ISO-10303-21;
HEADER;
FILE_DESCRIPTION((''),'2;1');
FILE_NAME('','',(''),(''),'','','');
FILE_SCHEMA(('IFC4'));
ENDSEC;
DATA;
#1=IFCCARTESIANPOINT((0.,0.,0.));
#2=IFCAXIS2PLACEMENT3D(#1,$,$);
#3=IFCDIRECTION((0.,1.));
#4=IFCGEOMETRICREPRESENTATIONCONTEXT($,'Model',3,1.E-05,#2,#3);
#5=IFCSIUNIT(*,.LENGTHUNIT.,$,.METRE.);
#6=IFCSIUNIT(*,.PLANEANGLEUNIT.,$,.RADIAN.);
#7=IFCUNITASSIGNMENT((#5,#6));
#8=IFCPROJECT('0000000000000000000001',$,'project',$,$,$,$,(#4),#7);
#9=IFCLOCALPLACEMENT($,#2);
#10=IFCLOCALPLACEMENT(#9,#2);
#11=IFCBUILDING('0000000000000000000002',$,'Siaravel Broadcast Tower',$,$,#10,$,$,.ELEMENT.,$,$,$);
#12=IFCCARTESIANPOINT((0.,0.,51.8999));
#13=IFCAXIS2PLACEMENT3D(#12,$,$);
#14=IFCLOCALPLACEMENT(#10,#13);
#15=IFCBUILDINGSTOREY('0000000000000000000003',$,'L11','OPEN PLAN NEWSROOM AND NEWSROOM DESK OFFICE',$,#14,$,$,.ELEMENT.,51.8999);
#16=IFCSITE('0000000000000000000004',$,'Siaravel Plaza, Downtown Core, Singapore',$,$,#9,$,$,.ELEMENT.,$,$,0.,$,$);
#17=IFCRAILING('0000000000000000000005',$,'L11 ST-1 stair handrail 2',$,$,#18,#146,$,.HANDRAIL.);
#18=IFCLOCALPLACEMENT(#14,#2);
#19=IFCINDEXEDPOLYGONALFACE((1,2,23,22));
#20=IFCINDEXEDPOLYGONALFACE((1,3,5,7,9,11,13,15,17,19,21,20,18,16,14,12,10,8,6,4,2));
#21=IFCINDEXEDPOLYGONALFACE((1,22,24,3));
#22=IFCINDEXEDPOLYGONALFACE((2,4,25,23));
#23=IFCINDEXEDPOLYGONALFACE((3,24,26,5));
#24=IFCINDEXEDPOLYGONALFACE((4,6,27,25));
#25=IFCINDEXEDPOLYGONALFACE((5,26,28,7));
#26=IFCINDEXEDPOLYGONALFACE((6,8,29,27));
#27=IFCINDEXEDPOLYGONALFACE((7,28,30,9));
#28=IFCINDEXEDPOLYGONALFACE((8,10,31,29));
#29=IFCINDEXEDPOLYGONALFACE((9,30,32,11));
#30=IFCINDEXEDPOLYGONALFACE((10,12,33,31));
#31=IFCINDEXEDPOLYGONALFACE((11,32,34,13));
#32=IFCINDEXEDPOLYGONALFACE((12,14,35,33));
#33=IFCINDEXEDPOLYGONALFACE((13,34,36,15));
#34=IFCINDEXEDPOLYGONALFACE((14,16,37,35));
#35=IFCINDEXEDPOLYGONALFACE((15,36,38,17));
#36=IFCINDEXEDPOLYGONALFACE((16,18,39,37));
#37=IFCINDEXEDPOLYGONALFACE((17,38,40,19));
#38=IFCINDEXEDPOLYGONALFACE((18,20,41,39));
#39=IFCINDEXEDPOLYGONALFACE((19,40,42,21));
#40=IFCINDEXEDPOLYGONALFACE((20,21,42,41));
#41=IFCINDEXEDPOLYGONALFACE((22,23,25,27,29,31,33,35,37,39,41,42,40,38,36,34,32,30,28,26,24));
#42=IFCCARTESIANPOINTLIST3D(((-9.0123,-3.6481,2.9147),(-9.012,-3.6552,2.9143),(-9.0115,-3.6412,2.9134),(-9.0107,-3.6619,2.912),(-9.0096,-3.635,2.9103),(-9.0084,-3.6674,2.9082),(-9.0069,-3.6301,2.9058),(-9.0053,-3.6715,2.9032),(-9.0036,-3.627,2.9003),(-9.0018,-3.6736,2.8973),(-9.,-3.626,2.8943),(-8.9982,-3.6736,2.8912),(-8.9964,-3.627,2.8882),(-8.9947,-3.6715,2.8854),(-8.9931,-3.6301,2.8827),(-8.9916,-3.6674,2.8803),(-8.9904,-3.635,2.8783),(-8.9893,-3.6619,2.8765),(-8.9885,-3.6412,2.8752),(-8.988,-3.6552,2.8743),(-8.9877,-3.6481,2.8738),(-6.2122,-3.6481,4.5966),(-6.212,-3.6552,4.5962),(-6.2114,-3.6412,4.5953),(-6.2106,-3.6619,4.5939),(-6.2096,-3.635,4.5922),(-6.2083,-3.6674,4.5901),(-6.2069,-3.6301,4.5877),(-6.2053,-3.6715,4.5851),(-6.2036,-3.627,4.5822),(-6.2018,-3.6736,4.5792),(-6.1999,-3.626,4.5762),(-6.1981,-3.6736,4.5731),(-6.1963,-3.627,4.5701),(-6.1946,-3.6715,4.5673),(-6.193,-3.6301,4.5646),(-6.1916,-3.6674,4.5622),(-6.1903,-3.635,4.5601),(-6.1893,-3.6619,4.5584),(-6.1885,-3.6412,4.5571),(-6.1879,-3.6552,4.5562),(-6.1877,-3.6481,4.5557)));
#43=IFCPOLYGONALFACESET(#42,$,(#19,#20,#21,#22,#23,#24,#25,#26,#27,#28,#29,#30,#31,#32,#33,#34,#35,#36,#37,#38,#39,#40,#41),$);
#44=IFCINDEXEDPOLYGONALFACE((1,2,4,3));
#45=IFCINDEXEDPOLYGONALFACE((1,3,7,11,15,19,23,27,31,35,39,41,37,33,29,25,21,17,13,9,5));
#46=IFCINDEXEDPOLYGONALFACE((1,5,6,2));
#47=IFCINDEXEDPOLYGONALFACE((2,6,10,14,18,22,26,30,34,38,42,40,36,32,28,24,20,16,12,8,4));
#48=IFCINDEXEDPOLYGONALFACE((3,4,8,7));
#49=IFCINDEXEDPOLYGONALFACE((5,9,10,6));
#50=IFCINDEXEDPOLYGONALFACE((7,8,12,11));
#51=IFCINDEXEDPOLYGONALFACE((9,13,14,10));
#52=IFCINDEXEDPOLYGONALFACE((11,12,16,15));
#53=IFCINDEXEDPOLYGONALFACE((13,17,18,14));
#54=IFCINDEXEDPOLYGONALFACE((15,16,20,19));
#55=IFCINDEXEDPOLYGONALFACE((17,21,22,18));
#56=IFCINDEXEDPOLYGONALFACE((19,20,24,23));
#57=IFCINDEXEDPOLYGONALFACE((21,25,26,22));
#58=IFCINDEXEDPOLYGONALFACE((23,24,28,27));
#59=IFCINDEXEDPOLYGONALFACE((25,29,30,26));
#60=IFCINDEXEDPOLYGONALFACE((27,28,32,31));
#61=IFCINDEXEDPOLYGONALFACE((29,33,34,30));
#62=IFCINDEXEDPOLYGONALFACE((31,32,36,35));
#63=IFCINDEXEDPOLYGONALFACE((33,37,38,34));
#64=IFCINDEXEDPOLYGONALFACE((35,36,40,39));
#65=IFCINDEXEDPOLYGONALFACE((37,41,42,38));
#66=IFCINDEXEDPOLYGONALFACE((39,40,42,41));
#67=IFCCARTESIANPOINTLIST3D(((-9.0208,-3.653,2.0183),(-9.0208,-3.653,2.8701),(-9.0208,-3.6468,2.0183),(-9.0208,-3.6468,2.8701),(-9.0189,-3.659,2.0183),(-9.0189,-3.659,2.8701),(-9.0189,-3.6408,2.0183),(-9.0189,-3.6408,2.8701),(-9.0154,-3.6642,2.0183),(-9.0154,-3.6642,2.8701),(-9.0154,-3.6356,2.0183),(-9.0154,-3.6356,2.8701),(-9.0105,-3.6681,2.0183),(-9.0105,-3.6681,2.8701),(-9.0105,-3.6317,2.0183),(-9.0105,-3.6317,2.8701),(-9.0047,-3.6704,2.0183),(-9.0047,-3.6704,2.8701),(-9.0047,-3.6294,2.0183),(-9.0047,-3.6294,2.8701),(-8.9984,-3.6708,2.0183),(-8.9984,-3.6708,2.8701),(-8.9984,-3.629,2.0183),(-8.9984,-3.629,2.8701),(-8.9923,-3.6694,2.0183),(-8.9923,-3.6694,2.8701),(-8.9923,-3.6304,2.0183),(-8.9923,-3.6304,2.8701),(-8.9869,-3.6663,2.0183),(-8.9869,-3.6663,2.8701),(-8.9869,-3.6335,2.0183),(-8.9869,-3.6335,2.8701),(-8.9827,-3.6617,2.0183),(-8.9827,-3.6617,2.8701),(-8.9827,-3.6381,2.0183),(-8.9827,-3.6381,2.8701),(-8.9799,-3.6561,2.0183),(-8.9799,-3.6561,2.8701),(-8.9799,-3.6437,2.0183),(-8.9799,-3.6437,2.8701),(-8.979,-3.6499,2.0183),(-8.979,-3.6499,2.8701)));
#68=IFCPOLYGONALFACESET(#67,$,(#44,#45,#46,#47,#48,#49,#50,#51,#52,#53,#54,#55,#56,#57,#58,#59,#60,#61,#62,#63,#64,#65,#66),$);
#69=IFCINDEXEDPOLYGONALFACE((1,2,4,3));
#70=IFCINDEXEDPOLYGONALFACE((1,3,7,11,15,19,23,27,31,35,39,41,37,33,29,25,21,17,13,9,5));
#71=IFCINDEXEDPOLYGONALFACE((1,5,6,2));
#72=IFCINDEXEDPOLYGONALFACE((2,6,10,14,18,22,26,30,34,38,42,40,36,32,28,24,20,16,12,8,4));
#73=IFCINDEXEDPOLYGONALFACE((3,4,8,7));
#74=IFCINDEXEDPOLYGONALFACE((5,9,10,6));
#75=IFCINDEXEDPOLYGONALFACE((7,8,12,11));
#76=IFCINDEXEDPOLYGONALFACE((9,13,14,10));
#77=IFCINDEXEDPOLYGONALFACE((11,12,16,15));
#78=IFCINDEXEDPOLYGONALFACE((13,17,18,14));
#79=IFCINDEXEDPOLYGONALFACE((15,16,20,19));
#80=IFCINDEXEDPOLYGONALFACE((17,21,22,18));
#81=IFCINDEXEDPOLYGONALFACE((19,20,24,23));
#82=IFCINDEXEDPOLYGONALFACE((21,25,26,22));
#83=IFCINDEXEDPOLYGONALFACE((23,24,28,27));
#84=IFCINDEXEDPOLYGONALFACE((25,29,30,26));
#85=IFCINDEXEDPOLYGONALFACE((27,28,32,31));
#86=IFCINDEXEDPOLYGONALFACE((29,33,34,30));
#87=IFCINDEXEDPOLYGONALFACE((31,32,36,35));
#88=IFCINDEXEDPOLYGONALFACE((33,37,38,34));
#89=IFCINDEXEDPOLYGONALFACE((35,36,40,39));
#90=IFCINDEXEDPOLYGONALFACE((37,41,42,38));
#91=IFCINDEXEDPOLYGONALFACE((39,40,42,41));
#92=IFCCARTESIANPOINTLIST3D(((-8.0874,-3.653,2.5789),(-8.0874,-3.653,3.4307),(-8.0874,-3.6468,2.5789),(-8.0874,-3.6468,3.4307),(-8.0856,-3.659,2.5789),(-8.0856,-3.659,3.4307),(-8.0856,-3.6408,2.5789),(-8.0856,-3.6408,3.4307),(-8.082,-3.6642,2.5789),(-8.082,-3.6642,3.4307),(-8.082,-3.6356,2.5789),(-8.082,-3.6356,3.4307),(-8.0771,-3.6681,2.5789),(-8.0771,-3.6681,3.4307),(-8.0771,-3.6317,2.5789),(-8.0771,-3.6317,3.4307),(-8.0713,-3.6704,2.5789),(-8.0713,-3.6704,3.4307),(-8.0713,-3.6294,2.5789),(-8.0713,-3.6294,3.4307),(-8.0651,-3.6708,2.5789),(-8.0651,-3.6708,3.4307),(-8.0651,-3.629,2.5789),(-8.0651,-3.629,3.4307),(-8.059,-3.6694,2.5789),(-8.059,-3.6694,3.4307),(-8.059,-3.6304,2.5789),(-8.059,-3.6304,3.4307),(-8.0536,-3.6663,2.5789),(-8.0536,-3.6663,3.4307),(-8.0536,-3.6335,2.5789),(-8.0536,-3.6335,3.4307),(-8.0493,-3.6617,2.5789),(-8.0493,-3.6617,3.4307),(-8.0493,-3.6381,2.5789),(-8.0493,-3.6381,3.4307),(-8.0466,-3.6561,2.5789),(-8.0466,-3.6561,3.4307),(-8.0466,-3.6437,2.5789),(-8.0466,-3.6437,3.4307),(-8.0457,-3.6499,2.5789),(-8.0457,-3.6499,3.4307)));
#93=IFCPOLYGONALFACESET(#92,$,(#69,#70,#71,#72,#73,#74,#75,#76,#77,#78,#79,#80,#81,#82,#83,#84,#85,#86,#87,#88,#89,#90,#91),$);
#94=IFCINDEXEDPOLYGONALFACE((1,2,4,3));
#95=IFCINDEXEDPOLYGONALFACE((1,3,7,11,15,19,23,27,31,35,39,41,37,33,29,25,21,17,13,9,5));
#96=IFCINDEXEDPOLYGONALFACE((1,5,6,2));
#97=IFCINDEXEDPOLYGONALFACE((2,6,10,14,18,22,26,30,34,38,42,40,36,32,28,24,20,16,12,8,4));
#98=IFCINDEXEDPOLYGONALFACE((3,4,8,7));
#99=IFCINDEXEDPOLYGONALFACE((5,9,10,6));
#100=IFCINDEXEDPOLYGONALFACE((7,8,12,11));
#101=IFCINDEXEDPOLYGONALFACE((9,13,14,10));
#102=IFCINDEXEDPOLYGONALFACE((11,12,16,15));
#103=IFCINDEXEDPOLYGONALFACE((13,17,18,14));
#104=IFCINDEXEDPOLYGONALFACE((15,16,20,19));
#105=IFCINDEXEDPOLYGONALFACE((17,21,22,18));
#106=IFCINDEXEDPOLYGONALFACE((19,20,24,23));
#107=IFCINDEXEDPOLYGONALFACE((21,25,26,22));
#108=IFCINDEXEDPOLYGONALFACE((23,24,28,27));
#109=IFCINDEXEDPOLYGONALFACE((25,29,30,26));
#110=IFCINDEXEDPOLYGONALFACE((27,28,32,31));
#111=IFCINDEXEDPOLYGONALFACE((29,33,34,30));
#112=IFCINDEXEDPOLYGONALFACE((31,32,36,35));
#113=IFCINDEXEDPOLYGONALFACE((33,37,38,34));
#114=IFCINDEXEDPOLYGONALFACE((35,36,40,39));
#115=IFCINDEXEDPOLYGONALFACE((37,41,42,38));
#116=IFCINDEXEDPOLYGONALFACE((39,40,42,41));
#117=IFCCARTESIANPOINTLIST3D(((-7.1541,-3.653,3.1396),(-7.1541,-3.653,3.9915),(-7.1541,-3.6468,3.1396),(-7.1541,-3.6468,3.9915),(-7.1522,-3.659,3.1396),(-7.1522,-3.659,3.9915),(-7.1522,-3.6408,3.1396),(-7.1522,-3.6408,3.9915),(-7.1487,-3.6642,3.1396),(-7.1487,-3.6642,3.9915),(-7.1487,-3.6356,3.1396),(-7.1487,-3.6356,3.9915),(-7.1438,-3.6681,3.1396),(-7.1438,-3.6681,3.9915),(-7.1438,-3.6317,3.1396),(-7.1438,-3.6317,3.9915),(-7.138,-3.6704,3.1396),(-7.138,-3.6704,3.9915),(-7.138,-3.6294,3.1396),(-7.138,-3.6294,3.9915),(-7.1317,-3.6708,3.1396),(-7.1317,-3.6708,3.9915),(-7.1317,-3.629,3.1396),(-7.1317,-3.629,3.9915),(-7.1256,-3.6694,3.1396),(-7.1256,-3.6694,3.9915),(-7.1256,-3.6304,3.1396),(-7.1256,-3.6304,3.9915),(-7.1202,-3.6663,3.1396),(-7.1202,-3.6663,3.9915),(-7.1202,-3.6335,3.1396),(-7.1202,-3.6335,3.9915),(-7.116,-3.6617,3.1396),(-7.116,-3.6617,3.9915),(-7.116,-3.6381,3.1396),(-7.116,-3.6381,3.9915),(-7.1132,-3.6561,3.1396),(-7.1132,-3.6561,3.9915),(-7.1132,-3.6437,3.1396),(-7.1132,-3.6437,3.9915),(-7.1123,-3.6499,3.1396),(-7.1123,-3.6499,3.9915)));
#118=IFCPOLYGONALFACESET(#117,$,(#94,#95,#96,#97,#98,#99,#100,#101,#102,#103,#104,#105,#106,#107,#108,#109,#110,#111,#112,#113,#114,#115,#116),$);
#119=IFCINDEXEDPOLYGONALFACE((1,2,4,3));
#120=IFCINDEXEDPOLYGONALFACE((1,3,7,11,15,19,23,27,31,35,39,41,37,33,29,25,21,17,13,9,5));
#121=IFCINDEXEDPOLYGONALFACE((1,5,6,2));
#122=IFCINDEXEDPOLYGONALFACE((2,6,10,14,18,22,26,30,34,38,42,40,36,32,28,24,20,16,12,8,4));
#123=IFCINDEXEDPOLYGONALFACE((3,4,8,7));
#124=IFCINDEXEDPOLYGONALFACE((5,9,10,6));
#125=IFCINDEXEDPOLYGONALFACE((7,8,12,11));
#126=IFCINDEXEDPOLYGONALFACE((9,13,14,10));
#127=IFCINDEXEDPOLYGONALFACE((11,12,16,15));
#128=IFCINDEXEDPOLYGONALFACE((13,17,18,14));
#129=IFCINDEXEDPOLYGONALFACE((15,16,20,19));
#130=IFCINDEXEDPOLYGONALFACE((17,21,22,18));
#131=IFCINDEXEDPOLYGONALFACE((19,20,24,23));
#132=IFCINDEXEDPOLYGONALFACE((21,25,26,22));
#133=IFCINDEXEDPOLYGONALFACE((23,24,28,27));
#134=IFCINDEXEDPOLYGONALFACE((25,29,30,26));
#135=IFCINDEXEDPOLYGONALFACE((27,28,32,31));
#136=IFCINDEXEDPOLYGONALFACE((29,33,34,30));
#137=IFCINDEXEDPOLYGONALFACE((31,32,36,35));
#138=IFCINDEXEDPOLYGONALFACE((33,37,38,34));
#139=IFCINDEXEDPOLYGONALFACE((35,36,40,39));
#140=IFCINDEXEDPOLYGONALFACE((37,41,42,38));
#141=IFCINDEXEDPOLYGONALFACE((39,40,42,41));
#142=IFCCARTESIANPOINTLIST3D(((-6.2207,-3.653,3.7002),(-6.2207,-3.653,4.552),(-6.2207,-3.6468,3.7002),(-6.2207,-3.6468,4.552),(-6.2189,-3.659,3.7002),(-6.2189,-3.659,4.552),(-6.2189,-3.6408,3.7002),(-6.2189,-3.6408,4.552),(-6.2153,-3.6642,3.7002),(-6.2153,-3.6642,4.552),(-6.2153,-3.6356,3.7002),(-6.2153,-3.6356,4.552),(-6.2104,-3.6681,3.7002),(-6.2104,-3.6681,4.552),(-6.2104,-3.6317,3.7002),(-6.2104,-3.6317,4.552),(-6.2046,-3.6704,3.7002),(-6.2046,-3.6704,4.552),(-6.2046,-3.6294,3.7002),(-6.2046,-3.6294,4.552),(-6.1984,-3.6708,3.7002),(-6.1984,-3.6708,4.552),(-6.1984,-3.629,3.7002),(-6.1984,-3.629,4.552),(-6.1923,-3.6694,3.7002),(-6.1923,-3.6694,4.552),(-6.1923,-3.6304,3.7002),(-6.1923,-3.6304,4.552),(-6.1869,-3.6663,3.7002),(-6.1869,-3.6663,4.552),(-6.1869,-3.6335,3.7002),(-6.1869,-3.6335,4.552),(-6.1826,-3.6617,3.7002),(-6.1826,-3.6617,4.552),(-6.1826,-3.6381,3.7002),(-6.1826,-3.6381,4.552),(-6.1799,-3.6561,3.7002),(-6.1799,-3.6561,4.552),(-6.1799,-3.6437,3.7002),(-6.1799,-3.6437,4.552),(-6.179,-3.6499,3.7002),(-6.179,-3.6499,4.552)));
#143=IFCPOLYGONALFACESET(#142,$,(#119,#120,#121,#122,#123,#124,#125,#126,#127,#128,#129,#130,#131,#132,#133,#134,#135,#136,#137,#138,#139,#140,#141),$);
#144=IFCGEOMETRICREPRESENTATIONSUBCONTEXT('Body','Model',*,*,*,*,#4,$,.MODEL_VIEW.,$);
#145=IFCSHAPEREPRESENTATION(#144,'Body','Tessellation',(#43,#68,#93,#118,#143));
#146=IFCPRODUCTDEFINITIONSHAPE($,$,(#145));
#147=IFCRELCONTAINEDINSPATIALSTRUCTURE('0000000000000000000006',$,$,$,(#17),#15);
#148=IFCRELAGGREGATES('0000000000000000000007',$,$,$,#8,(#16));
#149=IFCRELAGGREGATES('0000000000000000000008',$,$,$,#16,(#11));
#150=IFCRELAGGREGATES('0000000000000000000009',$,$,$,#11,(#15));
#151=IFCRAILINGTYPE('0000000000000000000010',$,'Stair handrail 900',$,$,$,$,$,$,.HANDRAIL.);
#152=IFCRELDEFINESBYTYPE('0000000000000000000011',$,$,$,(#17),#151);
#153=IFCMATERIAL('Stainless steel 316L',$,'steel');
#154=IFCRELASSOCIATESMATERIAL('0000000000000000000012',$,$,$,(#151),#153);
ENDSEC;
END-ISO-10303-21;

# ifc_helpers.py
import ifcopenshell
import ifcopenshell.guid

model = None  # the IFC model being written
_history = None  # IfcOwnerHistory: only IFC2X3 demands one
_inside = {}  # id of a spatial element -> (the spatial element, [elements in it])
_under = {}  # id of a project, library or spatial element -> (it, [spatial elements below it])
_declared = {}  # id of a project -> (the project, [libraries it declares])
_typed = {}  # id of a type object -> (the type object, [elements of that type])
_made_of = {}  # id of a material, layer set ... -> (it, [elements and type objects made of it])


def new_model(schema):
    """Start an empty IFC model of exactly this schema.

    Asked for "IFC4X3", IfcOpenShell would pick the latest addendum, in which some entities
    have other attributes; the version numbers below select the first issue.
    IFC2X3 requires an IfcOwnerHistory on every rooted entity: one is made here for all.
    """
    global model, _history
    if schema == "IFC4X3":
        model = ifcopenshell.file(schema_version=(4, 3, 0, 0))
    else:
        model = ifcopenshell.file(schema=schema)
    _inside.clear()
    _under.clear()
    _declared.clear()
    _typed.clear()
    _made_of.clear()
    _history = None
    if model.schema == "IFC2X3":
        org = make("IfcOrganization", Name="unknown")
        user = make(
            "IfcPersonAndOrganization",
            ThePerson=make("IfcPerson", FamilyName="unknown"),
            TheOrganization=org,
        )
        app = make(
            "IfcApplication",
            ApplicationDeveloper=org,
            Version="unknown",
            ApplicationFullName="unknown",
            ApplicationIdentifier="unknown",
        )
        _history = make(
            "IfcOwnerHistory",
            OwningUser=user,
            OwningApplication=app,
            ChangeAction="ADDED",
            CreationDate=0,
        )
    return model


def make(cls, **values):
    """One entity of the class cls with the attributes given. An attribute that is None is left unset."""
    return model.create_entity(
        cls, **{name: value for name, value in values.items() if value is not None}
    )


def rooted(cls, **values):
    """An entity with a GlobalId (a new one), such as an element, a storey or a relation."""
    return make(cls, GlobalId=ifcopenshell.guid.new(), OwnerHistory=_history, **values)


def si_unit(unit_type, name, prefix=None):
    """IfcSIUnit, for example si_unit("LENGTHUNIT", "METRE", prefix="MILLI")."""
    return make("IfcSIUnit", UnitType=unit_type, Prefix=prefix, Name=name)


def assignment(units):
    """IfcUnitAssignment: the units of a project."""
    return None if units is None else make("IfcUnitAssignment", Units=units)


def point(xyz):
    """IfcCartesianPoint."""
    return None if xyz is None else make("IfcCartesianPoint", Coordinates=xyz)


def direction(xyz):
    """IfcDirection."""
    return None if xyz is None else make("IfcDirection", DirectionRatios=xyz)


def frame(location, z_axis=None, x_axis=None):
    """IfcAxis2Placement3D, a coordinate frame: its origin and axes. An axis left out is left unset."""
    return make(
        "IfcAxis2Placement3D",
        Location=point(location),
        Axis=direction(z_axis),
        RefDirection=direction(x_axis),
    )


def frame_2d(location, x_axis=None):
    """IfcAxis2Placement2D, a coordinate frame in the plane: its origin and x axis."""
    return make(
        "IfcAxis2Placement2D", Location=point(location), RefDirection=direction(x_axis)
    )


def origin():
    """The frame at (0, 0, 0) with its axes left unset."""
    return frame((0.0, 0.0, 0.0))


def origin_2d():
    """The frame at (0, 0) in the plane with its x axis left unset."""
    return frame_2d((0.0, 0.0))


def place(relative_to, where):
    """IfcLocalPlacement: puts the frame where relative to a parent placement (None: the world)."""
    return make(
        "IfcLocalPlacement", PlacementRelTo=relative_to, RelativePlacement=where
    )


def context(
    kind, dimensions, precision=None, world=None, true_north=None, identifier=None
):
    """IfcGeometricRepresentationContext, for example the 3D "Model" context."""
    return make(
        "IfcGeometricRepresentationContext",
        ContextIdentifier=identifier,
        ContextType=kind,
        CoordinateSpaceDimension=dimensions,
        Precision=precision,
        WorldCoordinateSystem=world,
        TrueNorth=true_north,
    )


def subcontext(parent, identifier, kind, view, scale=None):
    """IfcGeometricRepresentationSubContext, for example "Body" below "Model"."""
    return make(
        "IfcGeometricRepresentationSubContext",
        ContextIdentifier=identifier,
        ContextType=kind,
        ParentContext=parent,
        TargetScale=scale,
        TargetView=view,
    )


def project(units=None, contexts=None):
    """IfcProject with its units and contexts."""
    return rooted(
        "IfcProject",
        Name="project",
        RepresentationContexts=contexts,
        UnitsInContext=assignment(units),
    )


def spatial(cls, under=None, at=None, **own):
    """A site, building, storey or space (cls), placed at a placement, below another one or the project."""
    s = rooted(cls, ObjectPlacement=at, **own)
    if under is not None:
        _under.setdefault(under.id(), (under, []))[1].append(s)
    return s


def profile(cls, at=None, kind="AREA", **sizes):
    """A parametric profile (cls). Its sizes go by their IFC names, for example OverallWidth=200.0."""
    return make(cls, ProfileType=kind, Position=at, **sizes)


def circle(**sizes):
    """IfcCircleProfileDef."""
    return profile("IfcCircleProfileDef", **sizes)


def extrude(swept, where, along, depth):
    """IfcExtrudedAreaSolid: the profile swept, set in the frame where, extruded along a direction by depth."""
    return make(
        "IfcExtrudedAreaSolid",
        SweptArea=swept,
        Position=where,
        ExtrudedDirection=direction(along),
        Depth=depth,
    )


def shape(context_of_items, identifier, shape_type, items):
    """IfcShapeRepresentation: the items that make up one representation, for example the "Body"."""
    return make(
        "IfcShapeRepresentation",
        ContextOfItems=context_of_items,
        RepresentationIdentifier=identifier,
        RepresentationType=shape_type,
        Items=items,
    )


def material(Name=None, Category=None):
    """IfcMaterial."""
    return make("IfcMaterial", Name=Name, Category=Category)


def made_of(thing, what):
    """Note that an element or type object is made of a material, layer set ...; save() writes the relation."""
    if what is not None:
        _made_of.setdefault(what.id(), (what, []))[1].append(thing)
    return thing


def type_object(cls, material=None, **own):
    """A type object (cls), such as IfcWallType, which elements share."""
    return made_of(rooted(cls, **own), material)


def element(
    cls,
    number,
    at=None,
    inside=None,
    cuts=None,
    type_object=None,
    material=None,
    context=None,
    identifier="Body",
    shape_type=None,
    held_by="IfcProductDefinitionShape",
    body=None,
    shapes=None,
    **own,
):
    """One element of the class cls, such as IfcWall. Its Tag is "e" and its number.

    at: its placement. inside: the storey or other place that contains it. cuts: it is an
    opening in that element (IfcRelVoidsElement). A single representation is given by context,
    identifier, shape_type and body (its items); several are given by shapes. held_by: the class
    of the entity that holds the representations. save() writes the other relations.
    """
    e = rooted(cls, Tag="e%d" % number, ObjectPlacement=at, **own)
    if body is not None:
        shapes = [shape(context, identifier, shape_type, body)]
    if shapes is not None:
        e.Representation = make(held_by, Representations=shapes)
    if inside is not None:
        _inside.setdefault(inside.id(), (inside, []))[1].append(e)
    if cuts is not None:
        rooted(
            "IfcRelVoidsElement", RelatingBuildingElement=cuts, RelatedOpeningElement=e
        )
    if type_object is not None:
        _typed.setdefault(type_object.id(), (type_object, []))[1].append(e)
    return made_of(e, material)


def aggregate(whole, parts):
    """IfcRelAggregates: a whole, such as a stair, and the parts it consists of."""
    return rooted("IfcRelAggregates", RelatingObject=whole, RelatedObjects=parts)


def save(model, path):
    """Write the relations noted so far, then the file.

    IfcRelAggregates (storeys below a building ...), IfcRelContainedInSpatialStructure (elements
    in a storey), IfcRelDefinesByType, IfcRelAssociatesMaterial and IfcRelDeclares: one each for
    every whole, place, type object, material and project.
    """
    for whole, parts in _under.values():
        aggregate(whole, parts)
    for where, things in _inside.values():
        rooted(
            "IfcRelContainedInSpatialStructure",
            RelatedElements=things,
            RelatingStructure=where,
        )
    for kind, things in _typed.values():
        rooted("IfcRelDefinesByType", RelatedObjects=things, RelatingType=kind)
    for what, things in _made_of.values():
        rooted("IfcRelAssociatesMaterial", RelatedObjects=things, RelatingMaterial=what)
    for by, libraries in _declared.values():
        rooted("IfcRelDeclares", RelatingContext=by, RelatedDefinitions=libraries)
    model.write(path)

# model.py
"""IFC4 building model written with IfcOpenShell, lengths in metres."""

from ifc_helpers import new_model, si_unit, direction, frame, origin, origin_2d, place, context, subcontext, project, spatial, circle, extrude, material, type_object, element, save


model = new_model("IFC4")

# Units and contexts
model_context = context("Model", 3, precision=1e-05, world=origin(), true_north=direction((0.0, 1.0)))
body_context = subcontext(model_context, "Body", "Model", "MODEL_VIEW")
ifc_project = project(units=[si_unit("LENGTHUNIT", "METRE"), si_unit("PLANEANGLEUNIT", "RADIAN")], contexts=[model_context])

# Site, building, storey
site_placement = place(None, origin())
site = spatial("IfcSite", under=ifc_project, at=site_placement, Name="Siaravel Plaza, Downtown Core, Singapore", CompositionType="ELEMENT", RefElevation=0.0)
building_placement = place(site_placement, origin())
building = spatial("IfcBuilding", under=site, at=building_placement, Name="Siaravel Broadcast Tower", CompositionType="ELEMENT")
storey_placement = place(building_placement, frame((0.0, 0.0, 51.8999)))
storey = spatial("IfcBuildingStorey", under=building, at=storey_placement, Name="L11", Description="OPEN PLAN NEWSROOM AND NEWSROOM DESK OFFICE", CompositionType="ELEMENT", Elevation=51.8999)

# Railing
ifc_material_1 = material(Name="Stainless steel 316L", Category="steel")
railing_type_1 = type_object("IfcRailingType", Name="Stair handrail 900", PredefinedType="HANDRAIL", material=ifc_material_1)
railing_1_placement = place(storey_placement, frame((-9.0, -3.6499, 2.0183)))
element("IfcRailing", 1, at=railing_1_placement, inside=storey, type_object=railing_type_1, Name="L11 ST-1 stair handrail 2", PredefinedType="HANDRAIL", context=body_context, shape_type="SweptSolid", body=[
    extrude(circle(Radius=0.0239, at=origin_2d()), frame((0.0, 0.0, 0.876), z_axis=(0.857242, 0.0, 0.514913), x_axis=(0.0, 1.0, 0.0)), (0.0, 0.0, 1.0), 3.2664),
    extrude(circle(Radius=0.021, at=origin_2d()), origin(), (0.0, 0.0, 1.0), 0.8518),
    extrude(circle(Radius=0.021, at=origin_2d()), frame((0.9333, 0.0, 0.5605)), (0.0, 0.0, 1.0), 0.8518),
    extrude(circle(Radius=0.021, at=origin_2d()), frame((1.8667, 0.0, 1.1213)), (0.0, 0.0, 1.0), 0.8518),
    extrude(circle(Radius=0.021, at=origin_2d()), frame((2.8, 0.0, 1.6819)), (0.0, 0.0, 1.0), 0.8518),
])

save(model, "model.ifc")
